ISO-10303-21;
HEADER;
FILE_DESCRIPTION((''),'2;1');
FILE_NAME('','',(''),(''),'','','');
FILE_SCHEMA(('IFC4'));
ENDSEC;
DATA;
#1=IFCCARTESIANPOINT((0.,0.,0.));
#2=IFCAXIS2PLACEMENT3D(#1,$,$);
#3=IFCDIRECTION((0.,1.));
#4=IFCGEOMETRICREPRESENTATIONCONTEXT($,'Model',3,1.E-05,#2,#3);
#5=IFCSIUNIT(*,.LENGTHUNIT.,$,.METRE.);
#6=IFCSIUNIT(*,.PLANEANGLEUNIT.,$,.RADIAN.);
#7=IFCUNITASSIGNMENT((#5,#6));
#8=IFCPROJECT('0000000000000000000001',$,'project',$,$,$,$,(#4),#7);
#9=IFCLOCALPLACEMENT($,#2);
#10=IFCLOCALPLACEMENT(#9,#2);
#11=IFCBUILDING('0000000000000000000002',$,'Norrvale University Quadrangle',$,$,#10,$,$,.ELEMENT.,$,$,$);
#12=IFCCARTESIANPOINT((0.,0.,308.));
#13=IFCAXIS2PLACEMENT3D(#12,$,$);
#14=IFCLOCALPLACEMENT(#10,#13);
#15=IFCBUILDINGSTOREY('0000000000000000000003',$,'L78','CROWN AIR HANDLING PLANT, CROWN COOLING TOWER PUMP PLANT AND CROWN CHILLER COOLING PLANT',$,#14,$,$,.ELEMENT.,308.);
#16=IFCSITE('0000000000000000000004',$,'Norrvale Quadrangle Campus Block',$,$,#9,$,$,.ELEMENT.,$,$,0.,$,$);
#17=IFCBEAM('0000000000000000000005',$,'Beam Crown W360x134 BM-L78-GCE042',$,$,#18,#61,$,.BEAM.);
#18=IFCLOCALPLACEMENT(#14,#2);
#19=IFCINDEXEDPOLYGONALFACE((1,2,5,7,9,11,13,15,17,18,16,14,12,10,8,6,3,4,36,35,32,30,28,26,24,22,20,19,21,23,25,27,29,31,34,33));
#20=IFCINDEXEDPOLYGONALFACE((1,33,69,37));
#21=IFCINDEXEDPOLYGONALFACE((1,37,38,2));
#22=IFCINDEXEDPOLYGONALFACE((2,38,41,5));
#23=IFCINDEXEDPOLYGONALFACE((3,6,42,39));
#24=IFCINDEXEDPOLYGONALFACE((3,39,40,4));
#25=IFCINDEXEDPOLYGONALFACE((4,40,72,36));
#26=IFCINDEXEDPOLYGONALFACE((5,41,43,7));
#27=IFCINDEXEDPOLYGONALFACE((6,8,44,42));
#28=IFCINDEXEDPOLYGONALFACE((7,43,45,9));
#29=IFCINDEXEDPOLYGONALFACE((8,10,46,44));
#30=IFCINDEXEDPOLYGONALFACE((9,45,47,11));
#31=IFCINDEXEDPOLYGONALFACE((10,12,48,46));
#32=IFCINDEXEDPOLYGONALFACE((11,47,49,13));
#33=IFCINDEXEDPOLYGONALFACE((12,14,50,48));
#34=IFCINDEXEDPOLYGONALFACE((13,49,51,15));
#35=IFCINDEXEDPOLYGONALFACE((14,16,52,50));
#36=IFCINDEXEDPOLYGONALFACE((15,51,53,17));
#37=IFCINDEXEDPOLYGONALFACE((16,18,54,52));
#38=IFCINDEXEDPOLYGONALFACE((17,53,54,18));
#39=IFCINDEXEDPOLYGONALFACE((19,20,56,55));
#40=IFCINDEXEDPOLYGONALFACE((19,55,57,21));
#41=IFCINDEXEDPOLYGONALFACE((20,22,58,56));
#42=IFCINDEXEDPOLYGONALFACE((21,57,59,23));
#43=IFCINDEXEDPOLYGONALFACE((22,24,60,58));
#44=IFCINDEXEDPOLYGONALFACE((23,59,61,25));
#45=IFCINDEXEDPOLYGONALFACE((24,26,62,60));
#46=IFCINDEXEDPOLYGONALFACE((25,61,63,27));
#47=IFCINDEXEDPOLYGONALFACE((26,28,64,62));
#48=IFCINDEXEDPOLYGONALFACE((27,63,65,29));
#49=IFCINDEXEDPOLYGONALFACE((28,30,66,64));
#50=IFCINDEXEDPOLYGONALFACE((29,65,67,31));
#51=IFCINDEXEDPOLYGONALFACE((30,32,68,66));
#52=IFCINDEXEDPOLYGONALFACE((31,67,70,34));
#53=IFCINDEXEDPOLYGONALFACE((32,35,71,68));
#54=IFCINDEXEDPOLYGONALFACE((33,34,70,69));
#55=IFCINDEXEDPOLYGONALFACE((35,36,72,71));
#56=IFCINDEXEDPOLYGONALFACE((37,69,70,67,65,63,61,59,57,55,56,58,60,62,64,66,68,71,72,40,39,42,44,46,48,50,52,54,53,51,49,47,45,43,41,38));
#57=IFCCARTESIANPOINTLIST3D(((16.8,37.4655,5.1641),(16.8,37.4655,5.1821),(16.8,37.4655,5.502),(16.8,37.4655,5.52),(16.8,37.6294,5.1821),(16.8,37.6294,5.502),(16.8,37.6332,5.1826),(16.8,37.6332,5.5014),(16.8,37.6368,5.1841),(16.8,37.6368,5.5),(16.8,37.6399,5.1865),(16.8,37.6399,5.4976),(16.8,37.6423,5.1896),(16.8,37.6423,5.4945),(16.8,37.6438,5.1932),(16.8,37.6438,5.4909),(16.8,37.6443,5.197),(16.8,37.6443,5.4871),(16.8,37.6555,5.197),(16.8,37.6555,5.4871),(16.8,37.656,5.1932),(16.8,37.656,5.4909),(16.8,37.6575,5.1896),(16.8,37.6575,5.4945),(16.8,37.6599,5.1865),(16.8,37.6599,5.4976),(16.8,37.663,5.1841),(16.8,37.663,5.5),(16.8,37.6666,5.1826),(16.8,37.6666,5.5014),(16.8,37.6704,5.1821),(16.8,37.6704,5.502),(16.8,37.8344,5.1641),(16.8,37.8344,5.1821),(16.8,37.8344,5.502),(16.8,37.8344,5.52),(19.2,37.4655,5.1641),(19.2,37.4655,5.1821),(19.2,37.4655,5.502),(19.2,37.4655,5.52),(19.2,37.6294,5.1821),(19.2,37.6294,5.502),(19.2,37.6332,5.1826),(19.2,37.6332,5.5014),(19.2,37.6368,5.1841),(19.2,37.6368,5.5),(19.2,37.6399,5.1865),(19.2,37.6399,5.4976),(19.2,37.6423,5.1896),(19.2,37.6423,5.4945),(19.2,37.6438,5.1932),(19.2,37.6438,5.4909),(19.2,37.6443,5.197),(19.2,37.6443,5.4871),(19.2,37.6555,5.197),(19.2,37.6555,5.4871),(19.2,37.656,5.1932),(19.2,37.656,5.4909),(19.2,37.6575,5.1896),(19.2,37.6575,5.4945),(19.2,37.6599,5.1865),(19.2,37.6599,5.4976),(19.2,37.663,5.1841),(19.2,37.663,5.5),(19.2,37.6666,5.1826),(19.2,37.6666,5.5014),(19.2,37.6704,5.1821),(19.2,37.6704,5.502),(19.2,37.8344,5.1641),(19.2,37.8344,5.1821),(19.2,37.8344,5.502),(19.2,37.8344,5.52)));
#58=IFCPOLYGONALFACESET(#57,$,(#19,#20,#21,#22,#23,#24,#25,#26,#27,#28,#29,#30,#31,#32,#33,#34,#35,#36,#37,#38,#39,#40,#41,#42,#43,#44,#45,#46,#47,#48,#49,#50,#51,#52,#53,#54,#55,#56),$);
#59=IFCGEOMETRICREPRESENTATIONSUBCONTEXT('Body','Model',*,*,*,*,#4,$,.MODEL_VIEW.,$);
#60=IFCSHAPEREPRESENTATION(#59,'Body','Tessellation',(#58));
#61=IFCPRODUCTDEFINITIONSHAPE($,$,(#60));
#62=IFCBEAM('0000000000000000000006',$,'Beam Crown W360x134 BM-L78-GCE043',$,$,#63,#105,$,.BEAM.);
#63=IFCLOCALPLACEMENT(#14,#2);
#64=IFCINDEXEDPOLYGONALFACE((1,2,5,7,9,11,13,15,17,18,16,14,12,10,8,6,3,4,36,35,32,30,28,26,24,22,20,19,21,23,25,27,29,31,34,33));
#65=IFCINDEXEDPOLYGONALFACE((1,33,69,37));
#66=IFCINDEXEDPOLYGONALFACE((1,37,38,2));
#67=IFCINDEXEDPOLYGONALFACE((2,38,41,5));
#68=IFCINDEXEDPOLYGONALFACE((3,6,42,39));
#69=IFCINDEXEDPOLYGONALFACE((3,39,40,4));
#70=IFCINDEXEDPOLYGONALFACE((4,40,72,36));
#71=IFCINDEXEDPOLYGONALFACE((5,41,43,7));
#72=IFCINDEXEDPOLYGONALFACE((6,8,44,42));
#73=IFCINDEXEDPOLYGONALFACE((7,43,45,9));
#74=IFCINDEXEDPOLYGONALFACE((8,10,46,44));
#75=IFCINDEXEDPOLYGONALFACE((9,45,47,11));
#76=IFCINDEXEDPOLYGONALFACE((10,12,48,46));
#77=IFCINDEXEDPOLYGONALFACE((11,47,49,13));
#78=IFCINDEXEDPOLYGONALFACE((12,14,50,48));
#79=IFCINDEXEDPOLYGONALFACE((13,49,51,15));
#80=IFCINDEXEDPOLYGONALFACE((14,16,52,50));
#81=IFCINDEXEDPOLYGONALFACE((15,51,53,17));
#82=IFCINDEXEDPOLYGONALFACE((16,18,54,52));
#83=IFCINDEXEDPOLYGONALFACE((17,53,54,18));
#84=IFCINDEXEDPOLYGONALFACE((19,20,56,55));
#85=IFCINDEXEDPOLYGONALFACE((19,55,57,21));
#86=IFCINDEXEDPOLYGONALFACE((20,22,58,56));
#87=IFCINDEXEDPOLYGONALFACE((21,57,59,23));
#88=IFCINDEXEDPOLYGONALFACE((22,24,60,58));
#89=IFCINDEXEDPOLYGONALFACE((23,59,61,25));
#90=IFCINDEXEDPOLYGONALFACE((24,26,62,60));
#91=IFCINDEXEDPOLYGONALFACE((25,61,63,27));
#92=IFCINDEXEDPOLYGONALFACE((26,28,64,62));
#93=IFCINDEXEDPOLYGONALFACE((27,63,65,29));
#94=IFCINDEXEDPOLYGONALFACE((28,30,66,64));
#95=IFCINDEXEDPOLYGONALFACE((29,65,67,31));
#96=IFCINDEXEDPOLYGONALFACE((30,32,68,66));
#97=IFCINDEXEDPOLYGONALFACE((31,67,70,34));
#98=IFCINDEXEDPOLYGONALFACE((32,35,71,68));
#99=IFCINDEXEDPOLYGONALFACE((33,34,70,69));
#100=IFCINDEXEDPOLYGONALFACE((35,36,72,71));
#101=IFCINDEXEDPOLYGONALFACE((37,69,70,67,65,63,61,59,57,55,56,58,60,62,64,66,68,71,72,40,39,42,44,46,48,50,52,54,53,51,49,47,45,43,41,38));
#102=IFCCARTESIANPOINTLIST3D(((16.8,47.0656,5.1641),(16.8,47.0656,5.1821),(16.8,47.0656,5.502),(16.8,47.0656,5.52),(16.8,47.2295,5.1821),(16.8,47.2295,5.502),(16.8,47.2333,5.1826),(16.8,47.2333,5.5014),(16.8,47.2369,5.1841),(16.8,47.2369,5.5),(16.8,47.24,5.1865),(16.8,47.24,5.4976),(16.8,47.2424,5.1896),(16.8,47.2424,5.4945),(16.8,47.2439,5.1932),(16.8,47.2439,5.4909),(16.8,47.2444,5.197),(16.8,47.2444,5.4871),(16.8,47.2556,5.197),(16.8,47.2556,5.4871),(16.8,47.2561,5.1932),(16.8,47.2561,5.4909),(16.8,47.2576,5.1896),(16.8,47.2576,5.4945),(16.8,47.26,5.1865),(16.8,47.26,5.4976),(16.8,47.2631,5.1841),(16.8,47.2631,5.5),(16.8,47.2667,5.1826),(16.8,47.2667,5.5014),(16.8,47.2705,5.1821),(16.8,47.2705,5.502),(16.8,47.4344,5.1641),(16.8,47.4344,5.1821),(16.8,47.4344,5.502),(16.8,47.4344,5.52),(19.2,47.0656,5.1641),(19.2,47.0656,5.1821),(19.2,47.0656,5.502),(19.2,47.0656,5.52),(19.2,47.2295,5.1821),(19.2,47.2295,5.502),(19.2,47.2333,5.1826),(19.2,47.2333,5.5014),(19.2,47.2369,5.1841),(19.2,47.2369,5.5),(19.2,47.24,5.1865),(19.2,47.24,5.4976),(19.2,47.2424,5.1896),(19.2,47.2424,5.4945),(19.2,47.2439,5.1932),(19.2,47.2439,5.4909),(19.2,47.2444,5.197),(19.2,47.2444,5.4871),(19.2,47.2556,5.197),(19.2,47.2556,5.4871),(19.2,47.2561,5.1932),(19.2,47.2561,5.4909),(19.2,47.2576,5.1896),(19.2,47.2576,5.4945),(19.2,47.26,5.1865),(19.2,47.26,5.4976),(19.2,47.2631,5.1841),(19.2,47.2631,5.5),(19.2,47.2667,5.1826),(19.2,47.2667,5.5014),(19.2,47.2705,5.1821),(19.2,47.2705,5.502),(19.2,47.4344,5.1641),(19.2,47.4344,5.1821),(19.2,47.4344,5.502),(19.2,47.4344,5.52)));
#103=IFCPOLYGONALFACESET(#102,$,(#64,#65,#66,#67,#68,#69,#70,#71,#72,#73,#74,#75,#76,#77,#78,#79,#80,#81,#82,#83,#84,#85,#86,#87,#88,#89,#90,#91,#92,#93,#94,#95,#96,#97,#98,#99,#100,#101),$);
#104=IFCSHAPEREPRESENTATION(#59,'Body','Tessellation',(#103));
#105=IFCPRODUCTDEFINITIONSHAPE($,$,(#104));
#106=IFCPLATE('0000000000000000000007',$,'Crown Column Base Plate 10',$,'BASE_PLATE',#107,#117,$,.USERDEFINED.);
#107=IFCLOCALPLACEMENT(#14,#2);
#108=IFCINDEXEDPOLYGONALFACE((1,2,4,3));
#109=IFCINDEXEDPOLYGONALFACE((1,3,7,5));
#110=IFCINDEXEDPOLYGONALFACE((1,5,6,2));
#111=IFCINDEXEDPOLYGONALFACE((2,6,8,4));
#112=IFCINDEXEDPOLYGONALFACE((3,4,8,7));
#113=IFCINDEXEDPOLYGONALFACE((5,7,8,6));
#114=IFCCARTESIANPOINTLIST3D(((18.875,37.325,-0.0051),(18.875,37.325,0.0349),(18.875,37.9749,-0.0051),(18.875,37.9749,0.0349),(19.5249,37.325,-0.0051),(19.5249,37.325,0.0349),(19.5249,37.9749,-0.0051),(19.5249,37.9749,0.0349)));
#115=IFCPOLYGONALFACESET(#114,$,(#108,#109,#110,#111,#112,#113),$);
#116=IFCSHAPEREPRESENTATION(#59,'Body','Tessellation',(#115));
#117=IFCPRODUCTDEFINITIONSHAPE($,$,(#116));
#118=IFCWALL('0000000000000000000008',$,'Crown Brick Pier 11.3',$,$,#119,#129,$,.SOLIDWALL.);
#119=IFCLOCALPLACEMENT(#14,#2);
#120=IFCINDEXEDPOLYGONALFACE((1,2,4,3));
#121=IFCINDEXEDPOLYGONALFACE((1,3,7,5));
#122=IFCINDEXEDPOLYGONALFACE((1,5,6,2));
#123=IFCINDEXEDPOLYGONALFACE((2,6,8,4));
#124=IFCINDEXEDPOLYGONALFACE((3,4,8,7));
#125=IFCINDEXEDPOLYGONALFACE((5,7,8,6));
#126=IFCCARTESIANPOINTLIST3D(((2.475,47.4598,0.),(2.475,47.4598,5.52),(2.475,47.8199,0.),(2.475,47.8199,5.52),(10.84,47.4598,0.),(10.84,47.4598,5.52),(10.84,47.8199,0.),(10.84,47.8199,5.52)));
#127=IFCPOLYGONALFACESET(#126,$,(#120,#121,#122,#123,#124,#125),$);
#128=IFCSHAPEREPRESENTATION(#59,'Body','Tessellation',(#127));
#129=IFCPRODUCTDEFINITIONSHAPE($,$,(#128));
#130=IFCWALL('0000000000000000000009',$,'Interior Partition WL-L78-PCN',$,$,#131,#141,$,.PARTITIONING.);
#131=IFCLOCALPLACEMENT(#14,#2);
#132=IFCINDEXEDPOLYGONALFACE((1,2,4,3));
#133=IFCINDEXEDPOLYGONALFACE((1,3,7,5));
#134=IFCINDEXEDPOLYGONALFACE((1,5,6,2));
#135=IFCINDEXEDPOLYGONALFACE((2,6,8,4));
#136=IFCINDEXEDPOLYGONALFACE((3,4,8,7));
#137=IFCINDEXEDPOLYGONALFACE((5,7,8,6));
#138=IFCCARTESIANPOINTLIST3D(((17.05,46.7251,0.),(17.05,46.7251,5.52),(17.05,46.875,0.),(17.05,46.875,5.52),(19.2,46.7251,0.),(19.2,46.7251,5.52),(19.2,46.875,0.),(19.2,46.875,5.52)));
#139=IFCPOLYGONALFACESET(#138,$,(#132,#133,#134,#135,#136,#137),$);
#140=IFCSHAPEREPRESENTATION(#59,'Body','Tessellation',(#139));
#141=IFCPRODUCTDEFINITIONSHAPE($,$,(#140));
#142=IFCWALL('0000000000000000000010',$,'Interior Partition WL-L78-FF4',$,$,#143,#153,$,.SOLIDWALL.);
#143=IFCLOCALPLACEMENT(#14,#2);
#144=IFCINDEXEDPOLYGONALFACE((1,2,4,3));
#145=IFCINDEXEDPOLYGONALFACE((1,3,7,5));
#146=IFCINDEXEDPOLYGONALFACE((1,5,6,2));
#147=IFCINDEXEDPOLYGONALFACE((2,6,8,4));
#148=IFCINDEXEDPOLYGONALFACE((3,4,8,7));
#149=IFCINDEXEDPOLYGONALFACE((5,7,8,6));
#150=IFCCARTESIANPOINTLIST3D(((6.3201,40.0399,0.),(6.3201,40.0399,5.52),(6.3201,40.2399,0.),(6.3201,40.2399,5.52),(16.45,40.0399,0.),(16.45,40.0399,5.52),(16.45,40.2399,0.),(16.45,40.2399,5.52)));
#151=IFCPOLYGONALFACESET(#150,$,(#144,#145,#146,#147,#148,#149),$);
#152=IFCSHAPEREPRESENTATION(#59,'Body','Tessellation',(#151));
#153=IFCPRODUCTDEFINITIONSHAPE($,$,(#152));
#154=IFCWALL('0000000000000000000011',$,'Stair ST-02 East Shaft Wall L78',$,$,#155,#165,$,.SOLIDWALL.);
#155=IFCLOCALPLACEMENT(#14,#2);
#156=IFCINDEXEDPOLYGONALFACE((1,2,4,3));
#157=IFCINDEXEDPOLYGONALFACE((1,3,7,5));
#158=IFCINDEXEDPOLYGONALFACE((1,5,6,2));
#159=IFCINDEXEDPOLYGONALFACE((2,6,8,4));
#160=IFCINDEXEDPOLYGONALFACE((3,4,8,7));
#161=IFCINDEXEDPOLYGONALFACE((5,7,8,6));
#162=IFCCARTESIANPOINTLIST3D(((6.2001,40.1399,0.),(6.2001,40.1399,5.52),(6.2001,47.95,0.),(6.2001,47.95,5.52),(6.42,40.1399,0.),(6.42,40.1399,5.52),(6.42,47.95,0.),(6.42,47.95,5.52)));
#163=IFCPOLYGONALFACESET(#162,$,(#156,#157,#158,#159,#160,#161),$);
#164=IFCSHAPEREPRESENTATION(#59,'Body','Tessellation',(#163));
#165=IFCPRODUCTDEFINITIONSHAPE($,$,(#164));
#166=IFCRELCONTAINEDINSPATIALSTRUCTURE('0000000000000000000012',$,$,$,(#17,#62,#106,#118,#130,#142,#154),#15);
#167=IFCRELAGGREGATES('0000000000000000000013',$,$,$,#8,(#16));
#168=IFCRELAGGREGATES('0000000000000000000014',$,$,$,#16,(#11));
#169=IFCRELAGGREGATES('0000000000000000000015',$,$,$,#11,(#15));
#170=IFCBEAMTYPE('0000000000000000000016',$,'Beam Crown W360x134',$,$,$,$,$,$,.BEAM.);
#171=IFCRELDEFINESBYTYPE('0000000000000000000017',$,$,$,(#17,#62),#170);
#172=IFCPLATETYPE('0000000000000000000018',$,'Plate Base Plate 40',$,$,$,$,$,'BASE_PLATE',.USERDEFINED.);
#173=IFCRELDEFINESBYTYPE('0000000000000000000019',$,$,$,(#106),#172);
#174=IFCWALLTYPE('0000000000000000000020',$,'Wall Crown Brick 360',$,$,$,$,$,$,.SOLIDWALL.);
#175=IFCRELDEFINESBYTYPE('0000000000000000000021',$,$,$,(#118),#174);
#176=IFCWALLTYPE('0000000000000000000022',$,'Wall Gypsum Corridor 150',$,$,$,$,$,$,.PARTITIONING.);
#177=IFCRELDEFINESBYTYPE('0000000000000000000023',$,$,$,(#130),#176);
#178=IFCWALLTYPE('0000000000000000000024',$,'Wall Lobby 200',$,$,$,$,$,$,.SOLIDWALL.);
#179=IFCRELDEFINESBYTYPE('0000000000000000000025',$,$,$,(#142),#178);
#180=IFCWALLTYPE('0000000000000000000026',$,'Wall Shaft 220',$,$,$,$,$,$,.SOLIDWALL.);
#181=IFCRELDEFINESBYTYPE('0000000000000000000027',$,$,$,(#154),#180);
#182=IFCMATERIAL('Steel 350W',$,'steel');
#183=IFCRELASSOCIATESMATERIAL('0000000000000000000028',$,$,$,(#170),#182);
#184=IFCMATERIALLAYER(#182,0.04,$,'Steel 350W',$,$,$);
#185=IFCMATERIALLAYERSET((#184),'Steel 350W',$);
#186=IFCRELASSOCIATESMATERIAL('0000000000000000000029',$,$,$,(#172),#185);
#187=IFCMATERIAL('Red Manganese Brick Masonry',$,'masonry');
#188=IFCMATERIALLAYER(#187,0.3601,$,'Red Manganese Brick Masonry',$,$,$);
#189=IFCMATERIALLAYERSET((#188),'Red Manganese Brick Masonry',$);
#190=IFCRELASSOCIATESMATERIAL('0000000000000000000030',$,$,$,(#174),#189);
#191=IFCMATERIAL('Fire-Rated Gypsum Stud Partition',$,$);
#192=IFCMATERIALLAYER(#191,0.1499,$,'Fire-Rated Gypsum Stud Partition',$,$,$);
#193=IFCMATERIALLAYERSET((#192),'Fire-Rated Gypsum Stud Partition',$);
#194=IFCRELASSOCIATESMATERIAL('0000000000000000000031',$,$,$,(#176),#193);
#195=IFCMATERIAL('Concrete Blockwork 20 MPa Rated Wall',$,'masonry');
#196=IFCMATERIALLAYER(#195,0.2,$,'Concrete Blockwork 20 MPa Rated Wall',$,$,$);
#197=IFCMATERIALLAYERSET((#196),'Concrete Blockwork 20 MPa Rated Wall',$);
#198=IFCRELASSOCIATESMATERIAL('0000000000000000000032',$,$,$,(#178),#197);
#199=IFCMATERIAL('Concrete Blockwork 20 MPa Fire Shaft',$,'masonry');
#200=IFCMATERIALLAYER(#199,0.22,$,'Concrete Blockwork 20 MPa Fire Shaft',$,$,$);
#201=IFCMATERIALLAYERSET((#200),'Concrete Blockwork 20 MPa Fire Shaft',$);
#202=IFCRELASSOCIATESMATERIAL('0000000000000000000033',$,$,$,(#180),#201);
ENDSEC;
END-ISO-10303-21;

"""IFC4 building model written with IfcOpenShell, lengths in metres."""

from ifc_helpers import new_model, si_unit, direction, frame, frame_2d, origin, origin_2d, place, context, subcontext, project, spatial, rectangle, i_section, extrude, material, layer, layer_set, material_profile, profile_set, type_object, element, save


model = new_model("IFC4")

# Units and contexts
model_context = context("Model", 3, precision=1e-05, world=origin(), true_north=direction((0.0, 1.0)))
body_context = subcontext(model_context, "Body", "Model", "MODEL_VIEW")
ifc_project = project(units=[si_unit("LENGTHUNIT", "METRE"), si_unit("PLANEANGLEUNIT", "RADIAN")], contexts=[model_context])

# Site, building, storey
site_placement = place(None, origin())
site = spatial("IfcSite", under=ifc_project, at=site_placement, Name="Norrvale Quadrangle Campus Block", CompositionType="ELEMENT", RefElevation=0.0)
building_placement = place(site_placement, origin())
building = spatial("IfcBuilding", under=site, at=building_placement, Name="Norrvale University Quadrangle", CompositionType="ELEMENT")
storey_placement = place(building_placement, frame((0.0, 0.0, 308.0)))
storey = spatial("IfcBuildingStorey", under=building, at=storey_placement, Name="L78", Description="CROWN AIR HANDLING PLANT, CROWN COOLING TOWER PUMP PLANT AND CROWN CHILLER COOLING PLANT", CompositionType="ELEMENT", Elevation=308.0)

# Shared definitions
ifc_material_1 = material(Name="Steel 350W", Category="steel")

# Beams
ifc_material_profile_1 = material_profile(ifc_material_1, i_section(OverallWidth=0.3689, OverallDepth=0.356, WebThickness=0.0112, FlangeThickness=0.0181, FilletRadius=0.0149, at=origin_2d()), Name="Steel 350W")
ifc_profile_set_1 = profile_set([ifc_material_profile_1], Name="Steel 350W")
beam_type = type_object("IfcBeamType", Name="Beam Crown W360x134", PredefinedType="BEAM", material=ifc_profile_set_1)
for number, where, z_axis, x_axis, name in (
    (1, (16.8, 37.6499, 5.342), (1.0, 0.0, 0.0), (0.0, 1.0, 0.0), "Beam Crown W360x134 BM-L78-GCE042"),
    (2, (16.8, 47.25, 5.342), (1.0, 0.0, 0.0), (0.0, 1.0, 0.0), "Beam Crown W360x134 BM-L78-GCE043"),
):
    element("IfcBeam", number, at=place(storey_placement, frame(where, z_axis=z_axis, x_axis=x_axis)), inside=storey, type_object=beam_type, Name=name, PredefinedType="BEAM", context=body_context, shape_type="SweptSolid", body=[
        extrude(i_section(OverallWidth=0.3689, OverallDepth=0.356, WebThickness=0.0112, FlangeThickness=0.0181, FilletRadius=0.0149, at=origin_2d()), origin(), (0.0, 0.0, 1.0), 2.3999),
    ])

# Plate
ifc_layer_1 = layer(ifc_material_1, 0.04, Name="Steel 350W")
ifc_layer_set_1 = layer_set([ifc_layer_1], Name="Steel 350W")
plate_type_1 = type_object("IfcPlateType", Name="Plate Base Plate 40", ElementType="BASE_PLATE", PredefinedType="USERDEFINED", material=ifc_layer_set_1)
plate_1_placement = place(storey_placement, frame((19.2, 37.6499, -0.0051), z_axis=(0.0, 0.0, 1.0), x_axis=(1.0, 0.0, 0.0)))
element("IfcPlate", 3, at=plate_1_placement, inside=storey, type_object=plate_type_1, Name="Crown Column Base Plate 10", ObjectType="BASE_PLATE", PredefinedType="USERDEFINED", context=body_context, shape_type="SweptSolid", body=[
    extrude(rectangle(XDim=0.6499, YDim=0.6499, at=origin_2d()), origin(), (0.0, 0.0, 1.0), 0.04),
])

# Walls
ifc_material_2 = material(Name="Red Manganese Brick Masonry", Category="masonry")
ifc_layer_2 = layer(ifc_material_2, 0.3601, Name="Red Manganese Brick Masonry")
ifc_layer_set_2 = layer_set([ifc_layer_2], Name="Red Manganese Brick Masonry")
wall_type_1 = type_object("IfcWallType", Name="Wall Crown Brick 360", PredefinedType="SOLIDWALL", material=ifc_layer_set_2)
wall_1_placement = place(storey_placement, frame((10.8401, 47.6399, 0.0), z_axis=(0.0, 0.0, 1.0), x_axis=(-1.0, 0.0, 0.0)))
element("IfcWall", 4, at=wall_1_placement, inside=storey, type_object=wall_type_1, Name="Crown Brick Pier 11.3", PredefinedType="SOLIDWALL", context=body_context, shape_type="SweptSolid", body=[
    extrude(rectangle(XDim=8.365, YDim=0.3601, at=frame_2d((4.1826, 0.0))), origin(), (0.0, 0.0, 1.0), 5.52),
])
ifc_material_3 = material(Name="Fire-Rated Gypsum Stud Partition")
ifc_layer_3 = layer(ifc_material_3, 0.1499, Name="Fire-Rated Gypsum Stud Partition")
ifc_layer_set_3 = layer_set([ifc_layer_3], Name="Fire-Rated Gypsum Stud Partition")
wall_type_2 = type_object("IfcWallType", Name="Wall Gypsum Corridor 150", PredefinedType="PARTITIONING", material=ifc_layer_set_3)
wall_2_placement = place(storey_placement, frame((17.05, 46.8, 0.0), z_axis=(0.0, 0.0, 1.0), x_axis=(1.0, 0.0, 0.0)))
element("IfcWall", 5, at=wall_2_placement, inside=storey, type_object=wall_type_2, Name="Interior Partition WL-L78-PCN", PredefinedType="PARTITIONING", context=body_context, shape_type="SweptSolid", body=[
    extrude(rectangle(XDim=2.1499, YDim=0.1499, at=frame_2d((1.075, 0.0))), origin(), (0.0, 0.0, 1.0), 5.52),
])
ifc_material_4 = material(Name="Concrete Blockwork 20 MPa Rated Wall", Category="masonry")
ifc_layer_4 = layer(ifc_material_4, 0.2, Name="Concrete Blockwork 20 MPa Rated Wall")
ifc_layer_set_4 = layer_set([ifc_layer_4], Name="Concrete Blockwork 20 MPa Rated Wall")
wall_type_3 = type_object("IfcWallType", Name="Wall Lobby 200", PredefinedType="SOLIDWALL", material=ifc_layer_set_4)
wall_3_placement = place(storey_placement, frame((6.3201, 40.1399, 0.0), z_axis=(0.0, 0.0, 1.0), x_axis=(1.0, 0.0, 0.0)))
element("IfcWall", 6, at=wall_3_placement, inside=storey, type_object=wall_type_3, Name="Interior Partition WL-L78-FF4", PredefinedType="SOLIDWALL", context=body_context, shape_type="SweptSolid", body=[
    extrude(rectangle(XDim=10.1299, YDim=0.2, at=frame_2d((5.0649, 0.0))), origin(), (0.0, 0.0, 1.0), 5.52),
])
ifc_material_5 = material(Name="Concrete Blockwork 20 MPa Fire Shaft", Category="masonry")
ifc_layer_5 = layer(ifc_material_5, 0.22, Name="Concrete Blockwork 20 MPa Fire Shaft")
ifc_layer_set_5 = layer_set([ifc_layer_5], Name="Concrete Blockwork 20 MPa Fire Shaft")
wall_type_4 = type_object("IfcWallType", Name="Wall Shaft 220", PredefinedType="SOLIDWALL", material=ifc_layer_set_5)
wall_4_placement = place(storey_placement, frame((6.3101, 40.1399, 0.0), z_axis=(0.0, 0.0, 1.0), x_axis=(0.0, 1.0, 0.0)))
element("IfcWall", 7, at=wall_4_placement, inside=storey, type_object=wall_type_4, Name="Stair ST-02 East Shaft Wall L78", PredefinedType="SOLIDWALL", context=body_context, shape_type="SweptSolid", body=[
    extrude(rectangle(XDim=7.8101, YDim=0.22, at=frame_2d((3.905, 0.0))), origin(), (0.0, 0.0, 1.0), 5.52),
])

save(model, "model.ifc")
